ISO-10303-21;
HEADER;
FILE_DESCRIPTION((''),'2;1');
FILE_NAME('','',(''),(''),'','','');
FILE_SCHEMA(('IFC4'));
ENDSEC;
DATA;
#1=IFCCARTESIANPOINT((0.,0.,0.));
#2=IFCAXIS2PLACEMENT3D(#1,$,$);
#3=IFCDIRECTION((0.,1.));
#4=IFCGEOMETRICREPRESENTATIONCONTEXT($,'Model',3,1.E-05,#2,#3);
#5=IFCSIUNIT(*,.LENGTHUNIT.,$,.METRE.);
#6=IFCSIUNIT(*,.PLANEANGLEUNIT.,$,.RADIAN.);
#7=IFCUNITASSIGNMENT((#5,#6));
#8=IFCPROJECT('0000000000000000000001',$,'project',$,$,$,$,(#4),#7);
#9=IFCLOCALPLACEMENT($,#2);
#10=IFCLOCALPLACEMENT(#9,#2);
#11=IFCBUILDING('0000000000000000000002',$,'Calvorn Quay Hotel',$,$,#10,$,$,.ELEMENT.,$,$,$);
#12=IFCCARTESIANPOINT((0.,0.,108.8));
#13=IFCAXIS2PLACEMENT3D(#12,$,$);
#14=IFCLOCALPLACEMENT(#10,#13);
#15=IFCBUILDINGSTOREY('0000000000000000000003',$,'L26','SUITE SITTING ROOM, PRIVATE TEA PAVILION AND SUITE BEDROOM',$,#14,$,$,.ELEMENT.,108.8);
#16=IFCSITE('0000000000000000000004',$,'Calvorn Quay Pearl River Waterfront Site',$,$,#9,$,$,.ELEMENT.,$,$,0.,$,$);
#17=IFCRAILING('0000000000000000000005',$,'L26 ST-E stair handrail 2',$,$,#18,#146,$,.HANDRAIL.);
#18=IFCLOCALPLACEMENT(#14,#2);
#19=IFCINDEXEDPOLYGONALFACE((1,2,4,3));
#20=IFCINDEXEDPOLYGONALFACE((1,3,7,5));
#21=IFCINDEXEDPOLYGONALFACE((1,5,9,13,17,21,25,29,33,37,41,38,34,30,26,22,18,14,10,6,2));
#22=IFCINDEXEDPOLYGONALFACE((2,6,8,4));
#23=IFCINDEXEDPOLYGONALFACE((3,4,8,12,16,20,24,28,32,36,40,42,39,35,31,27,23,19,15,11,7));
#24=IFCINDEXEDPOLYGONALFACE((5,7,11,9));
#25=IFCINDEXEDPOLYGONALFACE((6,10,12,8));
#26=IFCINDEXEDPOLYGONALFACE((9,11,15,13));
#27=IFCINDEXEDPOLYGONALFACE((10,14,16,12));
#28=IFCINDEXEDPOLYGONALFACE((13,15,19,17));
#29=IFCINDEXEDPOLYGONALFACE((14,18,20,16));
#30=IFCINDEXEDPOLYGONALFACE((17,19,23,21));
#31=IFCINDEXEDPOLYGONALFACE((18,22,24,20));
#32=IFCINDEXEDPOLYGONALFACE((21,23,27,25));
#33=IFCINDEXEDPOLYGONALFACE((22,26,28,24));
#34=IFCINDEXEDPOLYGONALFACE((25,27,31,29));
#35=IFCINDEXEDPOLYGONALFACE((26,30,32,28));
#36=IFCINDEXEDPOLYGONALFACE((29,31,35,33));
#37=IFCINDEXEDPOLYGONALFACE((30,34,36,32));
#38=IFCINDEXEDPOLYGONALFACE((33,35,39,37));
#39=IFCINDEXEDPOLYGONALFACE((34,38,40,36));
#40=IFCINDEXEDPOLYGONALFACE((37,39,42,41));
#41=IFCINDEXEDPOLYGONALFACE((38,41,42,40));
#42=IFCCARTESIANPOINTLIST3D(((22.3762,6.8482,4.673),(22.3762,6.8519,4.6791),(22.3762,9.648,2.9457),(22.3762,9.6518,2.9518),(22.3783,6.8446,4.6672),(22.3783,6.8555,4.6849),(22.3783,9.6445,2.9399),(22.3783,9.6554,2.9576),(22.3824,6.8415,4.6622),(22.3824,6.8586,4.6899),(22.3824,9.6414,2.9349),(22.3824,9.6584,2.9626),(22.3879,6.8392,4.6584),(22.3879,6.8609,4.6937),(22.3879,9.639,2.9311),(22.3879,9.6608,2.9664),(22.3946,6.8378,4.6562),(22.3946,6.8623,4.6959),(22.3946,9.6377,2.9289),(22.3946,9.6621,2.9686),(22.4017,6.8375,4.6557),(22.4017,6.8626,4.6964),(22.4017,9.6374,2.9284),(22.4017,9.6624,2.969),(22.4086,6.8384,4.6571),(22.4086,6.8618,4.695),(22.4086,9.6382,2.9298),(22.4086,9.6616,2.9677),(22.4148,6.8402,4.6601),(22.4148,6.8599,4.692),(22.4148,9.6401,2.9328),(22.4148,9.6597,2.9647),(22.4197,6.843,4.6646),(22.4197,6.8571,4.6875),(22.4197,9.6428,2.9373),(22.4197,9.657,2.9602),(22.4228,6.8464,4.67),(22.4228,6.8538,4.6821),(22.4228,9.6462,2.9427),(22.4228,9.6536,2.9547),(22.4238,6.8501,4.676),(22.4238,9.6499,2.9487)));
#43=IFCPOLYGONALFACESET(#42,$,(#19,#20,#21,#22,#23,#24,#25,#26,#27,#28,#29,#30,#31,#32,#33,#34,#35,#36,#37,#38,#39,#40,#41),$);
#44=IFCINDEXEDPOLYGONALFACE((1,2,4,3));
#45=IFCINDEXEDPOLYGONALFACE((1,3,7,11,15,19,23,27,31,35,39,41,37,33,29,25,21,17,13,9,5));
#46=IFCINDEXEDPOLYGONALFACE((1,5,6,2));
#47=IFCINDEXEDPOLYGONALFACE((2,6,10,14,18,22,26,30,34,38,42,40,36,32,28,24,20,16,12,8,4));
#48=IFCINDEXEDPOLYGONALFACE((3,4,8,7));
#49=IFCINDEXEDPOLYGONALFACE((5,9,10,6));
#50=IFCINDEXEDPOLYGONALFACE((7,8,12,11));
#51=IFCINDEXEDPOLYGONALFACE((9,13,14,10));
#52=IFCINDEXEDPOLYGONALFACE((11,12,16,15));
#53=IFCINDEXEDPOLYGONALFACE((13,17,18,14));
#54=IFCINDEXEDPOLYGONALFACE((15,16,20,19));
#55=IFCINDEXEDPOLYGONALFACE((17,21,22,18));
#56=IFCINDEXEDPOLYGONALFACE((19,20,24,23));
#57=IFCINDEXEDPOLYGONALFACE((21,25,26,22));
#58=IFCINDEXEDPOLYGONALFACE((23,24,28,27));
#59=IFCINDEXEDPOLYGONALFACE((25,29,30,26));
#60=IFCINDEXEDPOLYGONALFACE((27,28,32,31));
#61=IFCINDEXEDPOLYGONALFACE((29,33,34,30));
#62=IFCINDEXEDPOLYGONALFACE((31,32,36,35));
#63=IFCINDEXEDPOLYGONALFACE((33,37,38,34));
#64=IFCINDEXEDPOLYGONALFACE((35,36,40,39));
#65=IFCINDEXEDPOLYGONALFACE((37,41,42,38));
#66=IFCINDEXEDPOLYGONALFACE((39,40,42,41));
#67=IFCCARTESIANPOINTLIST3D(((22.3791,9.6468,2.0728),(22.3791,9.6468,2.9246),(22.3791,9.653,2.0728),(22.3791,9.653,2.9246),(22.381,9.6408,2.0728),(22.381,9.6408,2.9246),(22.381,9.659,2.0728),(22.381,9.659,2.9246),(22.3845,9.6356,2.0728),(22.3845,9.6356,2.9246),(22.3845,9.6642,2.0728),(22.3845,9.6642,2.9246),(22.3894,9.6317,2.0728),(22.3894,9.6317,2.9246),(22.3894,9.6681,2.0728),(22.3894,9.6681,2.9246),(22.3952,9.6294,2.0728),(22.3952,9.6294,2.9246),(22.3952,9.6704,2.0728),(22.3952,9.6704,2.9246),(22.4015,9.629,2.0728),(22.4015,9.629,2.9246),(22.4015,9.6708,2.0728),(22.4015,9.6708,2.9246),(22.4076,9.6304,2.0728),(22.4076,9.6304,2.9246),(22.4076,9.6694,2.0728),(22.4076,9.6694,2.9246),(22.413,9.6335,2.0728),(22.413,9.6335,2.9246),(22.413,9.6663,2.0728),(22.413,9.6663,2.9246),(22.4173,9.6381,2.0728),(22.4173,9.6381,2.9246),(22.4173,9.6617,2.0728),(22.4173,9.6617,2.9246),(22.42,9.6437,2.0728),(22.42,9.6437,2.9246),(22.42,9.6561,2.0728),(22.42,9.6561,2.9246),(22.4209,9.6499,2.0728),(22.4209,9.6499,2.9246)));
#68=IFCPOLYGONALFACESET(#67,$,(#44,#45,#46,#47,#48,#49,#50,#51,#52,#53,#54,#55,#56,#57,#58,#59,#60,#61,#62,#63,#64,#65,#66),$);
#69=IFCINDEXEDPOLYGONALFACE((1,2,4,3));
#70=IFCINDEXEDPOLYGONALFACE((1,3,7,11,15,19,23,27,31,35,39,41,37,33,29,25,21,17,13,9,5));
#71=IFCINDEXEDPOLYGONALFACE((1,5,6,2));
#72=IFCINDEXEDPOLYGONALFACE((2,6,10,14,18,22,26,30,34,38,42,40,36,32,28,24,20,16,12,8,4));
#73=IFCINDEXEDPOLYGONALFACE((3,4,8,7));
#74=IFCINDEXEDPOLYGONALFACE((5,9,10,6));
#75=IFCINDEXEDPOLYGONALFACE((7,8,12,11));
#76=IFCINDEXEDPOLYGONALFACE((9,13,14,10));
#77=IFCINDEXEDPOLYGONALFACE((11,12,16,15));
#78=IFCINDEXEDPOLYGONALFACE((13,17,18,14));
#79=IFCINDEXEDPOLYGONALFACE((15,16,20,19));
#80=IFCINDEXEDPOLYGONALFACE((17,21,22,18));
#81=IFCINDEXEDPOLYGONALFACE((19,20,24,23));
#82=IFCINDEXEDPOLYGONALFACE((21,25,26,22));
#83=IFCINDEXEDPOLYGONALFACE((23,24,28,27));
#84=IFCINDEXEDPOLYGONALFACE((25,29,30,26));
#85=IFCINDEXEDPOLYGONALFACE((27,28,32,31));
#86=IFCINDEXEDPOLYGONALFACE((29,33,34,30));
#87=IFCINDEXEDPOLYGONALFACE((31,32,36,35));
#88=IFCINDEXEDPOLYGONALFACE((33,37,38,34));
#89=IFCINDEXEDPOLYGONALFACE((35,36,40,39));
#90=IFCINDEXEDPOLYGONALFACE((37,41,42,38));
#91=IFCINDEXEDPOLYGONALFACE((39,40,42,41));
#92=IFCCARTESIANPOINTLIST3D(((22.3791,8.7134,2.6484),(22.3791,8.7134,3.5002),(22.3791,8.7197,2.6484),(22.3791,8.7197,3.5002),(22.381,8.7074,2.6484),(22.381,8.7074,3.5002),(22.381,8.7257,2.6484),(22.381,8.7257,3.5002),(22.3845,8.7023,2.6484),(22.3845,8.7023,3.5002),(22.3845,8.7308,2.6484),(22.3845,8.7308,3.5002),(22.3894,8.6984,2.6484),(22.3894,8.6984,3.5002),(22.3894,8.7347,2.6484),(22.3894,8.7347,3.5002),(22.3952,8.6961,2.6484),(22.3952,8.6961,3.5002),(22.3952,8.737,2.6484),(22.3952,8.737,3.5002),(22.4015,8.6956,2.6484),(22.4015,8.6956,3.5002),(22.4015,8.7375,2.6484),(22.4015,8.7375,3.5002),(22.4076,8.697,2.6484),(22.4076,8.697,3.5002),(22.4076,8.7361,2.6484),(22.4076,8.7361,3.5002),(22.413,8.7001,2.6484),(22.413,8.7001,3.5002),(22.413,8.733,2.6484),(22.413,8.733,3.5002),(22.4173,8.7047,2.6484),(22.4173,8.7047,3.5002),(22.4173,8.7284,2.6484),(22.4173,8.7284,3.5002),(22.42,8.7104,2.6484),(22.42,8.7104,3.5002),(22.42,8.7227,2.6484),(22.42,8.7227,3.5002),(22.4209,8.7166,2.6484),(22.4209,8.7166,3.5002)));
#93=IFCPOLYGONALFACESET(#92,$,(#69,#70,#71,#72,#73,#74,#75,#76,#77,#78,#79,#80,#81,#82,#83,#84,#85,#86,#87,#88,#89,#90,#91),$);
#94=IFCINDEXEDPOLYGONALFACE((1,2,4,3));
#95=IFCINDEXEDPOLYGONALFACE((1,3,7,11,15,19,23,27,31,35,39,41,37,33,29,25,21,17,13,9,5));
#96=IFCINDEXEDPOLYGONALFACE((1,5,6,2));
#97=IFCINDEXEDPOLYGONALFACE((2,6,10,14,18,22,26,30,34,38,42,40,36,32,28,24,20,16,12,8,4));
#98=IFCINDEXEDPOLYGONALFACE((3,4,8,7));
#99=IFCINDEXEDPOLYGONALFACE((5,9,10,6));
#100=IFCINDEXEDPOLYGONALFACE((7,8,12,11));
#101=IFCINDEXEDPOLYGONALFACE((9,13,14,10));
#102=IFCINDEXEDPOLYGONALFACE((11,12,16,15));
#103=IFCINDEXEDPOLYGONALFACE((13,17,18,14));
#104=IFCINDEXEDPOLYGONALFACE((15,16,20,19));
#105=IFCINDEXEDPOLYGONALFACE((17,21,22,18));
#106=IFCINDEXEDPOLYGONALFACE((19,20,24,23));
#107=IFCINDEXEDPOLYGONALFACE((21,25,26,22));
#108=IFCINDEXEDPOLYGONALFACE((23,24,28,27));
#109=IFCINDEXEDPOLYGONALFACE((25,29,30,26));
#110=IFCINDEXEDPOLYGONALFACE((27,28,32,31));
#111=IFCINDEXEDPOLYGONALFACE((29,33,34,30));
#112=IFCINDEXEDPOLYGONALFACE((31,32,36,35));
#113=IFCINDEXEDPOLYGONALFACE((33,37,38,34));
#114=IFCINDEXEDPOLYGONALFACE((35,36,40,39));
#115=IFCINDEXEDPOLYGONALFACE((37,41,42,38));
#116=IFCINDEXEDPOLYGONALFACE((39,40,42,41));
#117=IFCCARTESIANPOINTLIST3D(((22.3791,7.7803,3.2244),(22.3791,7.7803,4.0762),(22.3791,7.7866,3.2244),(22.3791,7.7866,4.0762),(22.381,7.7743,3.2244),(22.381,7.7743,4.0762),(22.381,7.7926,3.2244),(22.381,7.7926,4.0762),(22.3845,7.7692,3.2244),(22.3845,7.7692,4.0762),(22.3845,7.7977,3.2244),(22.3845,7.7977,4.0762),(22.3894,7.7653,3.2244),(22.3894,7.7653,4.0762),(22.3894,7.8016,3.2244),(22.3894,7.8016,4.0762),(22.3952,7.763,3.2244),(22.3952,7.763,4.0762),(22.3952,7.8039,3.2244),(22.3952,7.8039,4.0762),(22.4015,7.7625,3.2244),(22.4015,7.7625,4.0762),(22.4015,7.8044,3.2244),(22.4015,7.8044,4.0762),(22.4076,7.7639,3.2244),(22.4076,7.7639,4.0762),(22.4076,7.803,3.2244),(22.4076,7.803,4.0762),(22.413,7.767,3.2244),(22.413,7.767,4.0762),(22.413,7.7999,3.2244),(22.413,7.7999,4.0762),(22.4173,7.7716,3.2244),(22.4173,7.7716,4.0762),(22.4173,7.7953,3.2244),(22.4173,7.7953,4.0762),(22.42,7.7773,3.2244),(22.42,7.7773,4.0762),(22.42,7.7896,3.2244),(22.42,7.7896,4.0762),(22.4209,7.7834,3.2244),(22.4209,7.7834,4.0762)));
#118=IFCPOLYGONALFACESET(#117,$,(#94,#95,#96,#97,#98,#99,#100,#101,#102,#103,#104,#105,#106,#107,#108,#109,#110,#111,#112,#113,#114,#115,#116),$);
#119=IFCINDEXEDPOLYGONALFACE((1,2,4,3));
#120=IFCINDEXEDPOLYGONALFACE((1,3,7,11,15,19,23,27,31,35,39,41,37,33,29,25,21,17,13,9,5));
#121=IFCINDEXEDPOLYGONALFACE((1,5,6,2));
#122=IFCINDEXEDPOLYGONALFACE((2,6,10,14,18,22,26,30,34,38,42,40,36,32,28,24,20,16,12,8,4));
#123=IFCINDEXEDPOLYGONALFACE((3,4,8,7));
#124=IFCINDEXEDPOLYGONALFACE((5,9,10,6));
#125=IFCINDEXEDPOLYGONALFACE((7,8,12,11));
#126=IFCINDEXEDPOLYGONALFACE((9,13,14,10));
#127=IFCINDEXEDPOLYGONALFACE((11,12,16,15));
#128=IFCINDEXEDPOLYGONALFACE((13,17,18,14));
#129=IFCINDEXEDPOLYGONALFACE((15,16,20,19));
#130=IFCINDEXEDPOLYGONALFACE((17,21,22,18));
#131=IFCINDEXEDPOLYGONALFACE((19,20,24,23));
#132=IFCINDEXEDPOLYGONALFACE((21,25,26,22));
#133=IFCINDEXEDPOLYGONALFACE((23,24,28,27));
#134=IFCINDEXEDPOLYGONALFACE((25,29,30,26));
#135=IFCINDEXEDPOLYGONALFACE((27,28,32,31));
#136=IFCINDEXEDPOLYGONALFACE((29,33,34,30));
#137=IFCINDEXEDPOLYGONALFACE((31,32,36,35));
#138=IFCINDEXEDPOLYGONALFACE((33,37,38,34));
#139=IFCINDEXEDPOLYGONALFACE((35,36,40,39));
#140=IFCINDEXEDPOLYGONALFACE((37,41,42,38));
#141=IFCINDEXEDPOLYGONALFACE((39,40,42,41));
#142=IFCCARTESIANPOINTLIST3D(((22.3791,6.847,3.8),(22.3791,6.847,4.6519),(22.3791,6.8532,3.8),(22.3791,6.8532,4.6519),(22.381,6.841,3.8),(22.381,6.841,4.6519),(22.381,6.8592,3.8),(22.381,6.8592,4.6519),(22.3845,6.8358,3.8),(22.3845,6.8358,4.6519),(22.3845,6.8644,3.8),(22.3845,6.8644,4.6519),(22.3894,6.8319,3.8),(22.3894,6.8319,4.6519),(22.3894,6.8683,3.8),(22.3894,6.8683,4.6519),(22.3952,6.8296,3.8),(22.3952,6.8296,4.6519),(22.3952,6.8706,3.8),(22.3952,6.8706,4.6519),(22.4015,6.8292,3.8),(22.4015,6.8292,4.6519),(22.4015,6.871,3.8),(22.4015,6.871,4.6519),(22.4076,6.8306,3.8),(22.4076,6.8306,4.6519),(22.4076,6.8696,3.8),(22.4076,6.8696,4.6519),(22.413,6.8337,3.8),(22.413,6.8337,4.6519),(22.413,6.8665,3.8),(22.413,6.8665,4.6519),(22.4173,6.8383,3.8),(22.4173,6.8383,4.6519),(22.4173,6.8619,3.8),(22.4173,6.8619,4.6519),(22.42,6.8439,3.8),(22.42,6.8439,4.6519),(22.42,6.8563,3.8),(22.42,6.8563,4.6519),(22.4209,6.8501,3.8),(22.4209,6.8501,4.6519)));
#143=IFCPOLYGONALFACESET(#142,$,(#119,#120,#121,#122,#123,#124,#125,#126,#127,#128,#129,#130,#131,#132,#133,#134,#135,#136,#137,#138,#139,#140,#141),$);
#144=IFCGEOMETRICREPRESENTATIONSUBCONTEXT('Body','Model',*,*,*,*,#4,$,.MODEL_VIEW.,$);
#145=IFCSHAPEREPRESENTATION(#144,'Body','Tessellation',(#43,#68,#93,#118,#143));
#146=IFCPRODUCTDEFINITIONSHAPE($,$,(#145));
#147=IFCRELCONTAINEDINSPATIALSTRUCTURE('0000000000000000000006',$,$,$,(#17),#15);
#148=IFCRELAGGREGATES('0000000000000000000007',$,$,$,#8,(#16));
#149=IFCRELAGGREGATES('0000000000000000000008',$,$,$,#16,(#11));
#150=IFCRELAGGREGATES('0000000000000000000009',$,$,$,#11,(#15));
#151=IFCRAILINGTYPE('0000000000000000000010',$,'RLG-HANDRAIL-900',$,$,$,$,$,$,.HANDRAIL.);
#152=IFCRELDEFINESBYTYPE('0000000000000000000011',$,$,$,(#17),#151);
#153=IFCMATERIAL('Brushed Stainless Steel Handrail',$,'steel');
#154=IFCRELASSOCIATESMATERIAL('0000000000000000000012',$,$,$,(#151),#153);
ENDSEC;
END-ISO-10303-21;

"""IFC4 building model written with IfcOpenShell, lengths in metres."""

from ifc_helpers import new_model, si_unit, direction, frame, origin, origin_2d, place, context, subcontext, project, spatial, circle, extrude, material, type_object, element, save


model = new_model("IFC4")

# Units and contexts
model_context = context("Model", 3, precision=1e-05, world=origin(), true_north=direction((0.0, 1.0)))
body_context = subcontext(model_context, "Body", "Model", "MODEL_VIEW")
ifc_project = project(units=[si_unit("LENGTHUNIT", "METRE"), si_unit("PLANEANGLEUNIT", "RADIAN")], contexts=[model_context])

# Site, building, storey
site_placement = place(None, origin())
site = spatial("IfcSite", under=ifc_project, at=site_placement, Name="Calvorn Quay Pearl River Waterfront Site", CompositionType="ELEMENT", RefElevation=0.0)
building_placement = place(site_placement, origin())
building = spatial("IfcBuilding", under=site, at=building_placement, Name="Calvorn Quay Hotel", CompositionType="ELEMENT")
storey_placement = place(building_placement, frame((0.0, 0.0, 108.8)))
storey = spatial("IfcBuildingStorey", under=building, at=storey_placement, Name="L26", Description="SUITE SITTING ROOM, PRIVATE TEA PAVILION AND SUITE BEDROOM", CompositionType="ELEMENT", Elevation=108.8)

# Railing
ifc_material_1 = material(Name="Brushed Stainless Steel Handrail", Category="steel")
railing_type_1 = type_object("IfcRailingType", Name="RLG-HANDRAIL-900", PredefinedType="HANDRAIL", material=ifc_material_1)
railing_1_placement = place(storey_placement, frame((22.3999, 9.6499, 2.0728)))
element("IfcRailing", 1, at=railing_1_placement, inside=storey, type_object=railing_type_1, Name="L26 ST-E stair handrail 2", PredefinedType="HANDRAIL", context=body_context, shape_type="SweptSolid", body=[
    extrude(circle(Radius=0.0239, at=origin_2d()), frame((0.0, 0.0, 0.876), z_axis=(0.0, -0.851069, 0.525054), x_axis=(1.0, 0.0, 0.0)), (0.0, 0.0, 1.0), 3.2898),
    extrude(circle(Radius=0.021, at=origin_2d()), origin(), (0.0, 0.0, 1.0), 0.8518),
    extrude(circle(Radius=0.021, at=origin_2d()), frame((0.0, -0.9333, 0.5757)), (0.0, 0.0, 1.0), 0.8518),
    extrude(circle(Radius=0.021, at=origin_2d()), frame((0.0, -1.8665, 1.1516)), (0.0, 0.0, 1.0), 0.8518),
    extrude(circle(Radius=0.021, at=origin_2d()), frame((0.0, -2.7998, 1.7273)), (0.0, 0.0, 1.0), 0.8518),
])

save(model, "model.ifc")
